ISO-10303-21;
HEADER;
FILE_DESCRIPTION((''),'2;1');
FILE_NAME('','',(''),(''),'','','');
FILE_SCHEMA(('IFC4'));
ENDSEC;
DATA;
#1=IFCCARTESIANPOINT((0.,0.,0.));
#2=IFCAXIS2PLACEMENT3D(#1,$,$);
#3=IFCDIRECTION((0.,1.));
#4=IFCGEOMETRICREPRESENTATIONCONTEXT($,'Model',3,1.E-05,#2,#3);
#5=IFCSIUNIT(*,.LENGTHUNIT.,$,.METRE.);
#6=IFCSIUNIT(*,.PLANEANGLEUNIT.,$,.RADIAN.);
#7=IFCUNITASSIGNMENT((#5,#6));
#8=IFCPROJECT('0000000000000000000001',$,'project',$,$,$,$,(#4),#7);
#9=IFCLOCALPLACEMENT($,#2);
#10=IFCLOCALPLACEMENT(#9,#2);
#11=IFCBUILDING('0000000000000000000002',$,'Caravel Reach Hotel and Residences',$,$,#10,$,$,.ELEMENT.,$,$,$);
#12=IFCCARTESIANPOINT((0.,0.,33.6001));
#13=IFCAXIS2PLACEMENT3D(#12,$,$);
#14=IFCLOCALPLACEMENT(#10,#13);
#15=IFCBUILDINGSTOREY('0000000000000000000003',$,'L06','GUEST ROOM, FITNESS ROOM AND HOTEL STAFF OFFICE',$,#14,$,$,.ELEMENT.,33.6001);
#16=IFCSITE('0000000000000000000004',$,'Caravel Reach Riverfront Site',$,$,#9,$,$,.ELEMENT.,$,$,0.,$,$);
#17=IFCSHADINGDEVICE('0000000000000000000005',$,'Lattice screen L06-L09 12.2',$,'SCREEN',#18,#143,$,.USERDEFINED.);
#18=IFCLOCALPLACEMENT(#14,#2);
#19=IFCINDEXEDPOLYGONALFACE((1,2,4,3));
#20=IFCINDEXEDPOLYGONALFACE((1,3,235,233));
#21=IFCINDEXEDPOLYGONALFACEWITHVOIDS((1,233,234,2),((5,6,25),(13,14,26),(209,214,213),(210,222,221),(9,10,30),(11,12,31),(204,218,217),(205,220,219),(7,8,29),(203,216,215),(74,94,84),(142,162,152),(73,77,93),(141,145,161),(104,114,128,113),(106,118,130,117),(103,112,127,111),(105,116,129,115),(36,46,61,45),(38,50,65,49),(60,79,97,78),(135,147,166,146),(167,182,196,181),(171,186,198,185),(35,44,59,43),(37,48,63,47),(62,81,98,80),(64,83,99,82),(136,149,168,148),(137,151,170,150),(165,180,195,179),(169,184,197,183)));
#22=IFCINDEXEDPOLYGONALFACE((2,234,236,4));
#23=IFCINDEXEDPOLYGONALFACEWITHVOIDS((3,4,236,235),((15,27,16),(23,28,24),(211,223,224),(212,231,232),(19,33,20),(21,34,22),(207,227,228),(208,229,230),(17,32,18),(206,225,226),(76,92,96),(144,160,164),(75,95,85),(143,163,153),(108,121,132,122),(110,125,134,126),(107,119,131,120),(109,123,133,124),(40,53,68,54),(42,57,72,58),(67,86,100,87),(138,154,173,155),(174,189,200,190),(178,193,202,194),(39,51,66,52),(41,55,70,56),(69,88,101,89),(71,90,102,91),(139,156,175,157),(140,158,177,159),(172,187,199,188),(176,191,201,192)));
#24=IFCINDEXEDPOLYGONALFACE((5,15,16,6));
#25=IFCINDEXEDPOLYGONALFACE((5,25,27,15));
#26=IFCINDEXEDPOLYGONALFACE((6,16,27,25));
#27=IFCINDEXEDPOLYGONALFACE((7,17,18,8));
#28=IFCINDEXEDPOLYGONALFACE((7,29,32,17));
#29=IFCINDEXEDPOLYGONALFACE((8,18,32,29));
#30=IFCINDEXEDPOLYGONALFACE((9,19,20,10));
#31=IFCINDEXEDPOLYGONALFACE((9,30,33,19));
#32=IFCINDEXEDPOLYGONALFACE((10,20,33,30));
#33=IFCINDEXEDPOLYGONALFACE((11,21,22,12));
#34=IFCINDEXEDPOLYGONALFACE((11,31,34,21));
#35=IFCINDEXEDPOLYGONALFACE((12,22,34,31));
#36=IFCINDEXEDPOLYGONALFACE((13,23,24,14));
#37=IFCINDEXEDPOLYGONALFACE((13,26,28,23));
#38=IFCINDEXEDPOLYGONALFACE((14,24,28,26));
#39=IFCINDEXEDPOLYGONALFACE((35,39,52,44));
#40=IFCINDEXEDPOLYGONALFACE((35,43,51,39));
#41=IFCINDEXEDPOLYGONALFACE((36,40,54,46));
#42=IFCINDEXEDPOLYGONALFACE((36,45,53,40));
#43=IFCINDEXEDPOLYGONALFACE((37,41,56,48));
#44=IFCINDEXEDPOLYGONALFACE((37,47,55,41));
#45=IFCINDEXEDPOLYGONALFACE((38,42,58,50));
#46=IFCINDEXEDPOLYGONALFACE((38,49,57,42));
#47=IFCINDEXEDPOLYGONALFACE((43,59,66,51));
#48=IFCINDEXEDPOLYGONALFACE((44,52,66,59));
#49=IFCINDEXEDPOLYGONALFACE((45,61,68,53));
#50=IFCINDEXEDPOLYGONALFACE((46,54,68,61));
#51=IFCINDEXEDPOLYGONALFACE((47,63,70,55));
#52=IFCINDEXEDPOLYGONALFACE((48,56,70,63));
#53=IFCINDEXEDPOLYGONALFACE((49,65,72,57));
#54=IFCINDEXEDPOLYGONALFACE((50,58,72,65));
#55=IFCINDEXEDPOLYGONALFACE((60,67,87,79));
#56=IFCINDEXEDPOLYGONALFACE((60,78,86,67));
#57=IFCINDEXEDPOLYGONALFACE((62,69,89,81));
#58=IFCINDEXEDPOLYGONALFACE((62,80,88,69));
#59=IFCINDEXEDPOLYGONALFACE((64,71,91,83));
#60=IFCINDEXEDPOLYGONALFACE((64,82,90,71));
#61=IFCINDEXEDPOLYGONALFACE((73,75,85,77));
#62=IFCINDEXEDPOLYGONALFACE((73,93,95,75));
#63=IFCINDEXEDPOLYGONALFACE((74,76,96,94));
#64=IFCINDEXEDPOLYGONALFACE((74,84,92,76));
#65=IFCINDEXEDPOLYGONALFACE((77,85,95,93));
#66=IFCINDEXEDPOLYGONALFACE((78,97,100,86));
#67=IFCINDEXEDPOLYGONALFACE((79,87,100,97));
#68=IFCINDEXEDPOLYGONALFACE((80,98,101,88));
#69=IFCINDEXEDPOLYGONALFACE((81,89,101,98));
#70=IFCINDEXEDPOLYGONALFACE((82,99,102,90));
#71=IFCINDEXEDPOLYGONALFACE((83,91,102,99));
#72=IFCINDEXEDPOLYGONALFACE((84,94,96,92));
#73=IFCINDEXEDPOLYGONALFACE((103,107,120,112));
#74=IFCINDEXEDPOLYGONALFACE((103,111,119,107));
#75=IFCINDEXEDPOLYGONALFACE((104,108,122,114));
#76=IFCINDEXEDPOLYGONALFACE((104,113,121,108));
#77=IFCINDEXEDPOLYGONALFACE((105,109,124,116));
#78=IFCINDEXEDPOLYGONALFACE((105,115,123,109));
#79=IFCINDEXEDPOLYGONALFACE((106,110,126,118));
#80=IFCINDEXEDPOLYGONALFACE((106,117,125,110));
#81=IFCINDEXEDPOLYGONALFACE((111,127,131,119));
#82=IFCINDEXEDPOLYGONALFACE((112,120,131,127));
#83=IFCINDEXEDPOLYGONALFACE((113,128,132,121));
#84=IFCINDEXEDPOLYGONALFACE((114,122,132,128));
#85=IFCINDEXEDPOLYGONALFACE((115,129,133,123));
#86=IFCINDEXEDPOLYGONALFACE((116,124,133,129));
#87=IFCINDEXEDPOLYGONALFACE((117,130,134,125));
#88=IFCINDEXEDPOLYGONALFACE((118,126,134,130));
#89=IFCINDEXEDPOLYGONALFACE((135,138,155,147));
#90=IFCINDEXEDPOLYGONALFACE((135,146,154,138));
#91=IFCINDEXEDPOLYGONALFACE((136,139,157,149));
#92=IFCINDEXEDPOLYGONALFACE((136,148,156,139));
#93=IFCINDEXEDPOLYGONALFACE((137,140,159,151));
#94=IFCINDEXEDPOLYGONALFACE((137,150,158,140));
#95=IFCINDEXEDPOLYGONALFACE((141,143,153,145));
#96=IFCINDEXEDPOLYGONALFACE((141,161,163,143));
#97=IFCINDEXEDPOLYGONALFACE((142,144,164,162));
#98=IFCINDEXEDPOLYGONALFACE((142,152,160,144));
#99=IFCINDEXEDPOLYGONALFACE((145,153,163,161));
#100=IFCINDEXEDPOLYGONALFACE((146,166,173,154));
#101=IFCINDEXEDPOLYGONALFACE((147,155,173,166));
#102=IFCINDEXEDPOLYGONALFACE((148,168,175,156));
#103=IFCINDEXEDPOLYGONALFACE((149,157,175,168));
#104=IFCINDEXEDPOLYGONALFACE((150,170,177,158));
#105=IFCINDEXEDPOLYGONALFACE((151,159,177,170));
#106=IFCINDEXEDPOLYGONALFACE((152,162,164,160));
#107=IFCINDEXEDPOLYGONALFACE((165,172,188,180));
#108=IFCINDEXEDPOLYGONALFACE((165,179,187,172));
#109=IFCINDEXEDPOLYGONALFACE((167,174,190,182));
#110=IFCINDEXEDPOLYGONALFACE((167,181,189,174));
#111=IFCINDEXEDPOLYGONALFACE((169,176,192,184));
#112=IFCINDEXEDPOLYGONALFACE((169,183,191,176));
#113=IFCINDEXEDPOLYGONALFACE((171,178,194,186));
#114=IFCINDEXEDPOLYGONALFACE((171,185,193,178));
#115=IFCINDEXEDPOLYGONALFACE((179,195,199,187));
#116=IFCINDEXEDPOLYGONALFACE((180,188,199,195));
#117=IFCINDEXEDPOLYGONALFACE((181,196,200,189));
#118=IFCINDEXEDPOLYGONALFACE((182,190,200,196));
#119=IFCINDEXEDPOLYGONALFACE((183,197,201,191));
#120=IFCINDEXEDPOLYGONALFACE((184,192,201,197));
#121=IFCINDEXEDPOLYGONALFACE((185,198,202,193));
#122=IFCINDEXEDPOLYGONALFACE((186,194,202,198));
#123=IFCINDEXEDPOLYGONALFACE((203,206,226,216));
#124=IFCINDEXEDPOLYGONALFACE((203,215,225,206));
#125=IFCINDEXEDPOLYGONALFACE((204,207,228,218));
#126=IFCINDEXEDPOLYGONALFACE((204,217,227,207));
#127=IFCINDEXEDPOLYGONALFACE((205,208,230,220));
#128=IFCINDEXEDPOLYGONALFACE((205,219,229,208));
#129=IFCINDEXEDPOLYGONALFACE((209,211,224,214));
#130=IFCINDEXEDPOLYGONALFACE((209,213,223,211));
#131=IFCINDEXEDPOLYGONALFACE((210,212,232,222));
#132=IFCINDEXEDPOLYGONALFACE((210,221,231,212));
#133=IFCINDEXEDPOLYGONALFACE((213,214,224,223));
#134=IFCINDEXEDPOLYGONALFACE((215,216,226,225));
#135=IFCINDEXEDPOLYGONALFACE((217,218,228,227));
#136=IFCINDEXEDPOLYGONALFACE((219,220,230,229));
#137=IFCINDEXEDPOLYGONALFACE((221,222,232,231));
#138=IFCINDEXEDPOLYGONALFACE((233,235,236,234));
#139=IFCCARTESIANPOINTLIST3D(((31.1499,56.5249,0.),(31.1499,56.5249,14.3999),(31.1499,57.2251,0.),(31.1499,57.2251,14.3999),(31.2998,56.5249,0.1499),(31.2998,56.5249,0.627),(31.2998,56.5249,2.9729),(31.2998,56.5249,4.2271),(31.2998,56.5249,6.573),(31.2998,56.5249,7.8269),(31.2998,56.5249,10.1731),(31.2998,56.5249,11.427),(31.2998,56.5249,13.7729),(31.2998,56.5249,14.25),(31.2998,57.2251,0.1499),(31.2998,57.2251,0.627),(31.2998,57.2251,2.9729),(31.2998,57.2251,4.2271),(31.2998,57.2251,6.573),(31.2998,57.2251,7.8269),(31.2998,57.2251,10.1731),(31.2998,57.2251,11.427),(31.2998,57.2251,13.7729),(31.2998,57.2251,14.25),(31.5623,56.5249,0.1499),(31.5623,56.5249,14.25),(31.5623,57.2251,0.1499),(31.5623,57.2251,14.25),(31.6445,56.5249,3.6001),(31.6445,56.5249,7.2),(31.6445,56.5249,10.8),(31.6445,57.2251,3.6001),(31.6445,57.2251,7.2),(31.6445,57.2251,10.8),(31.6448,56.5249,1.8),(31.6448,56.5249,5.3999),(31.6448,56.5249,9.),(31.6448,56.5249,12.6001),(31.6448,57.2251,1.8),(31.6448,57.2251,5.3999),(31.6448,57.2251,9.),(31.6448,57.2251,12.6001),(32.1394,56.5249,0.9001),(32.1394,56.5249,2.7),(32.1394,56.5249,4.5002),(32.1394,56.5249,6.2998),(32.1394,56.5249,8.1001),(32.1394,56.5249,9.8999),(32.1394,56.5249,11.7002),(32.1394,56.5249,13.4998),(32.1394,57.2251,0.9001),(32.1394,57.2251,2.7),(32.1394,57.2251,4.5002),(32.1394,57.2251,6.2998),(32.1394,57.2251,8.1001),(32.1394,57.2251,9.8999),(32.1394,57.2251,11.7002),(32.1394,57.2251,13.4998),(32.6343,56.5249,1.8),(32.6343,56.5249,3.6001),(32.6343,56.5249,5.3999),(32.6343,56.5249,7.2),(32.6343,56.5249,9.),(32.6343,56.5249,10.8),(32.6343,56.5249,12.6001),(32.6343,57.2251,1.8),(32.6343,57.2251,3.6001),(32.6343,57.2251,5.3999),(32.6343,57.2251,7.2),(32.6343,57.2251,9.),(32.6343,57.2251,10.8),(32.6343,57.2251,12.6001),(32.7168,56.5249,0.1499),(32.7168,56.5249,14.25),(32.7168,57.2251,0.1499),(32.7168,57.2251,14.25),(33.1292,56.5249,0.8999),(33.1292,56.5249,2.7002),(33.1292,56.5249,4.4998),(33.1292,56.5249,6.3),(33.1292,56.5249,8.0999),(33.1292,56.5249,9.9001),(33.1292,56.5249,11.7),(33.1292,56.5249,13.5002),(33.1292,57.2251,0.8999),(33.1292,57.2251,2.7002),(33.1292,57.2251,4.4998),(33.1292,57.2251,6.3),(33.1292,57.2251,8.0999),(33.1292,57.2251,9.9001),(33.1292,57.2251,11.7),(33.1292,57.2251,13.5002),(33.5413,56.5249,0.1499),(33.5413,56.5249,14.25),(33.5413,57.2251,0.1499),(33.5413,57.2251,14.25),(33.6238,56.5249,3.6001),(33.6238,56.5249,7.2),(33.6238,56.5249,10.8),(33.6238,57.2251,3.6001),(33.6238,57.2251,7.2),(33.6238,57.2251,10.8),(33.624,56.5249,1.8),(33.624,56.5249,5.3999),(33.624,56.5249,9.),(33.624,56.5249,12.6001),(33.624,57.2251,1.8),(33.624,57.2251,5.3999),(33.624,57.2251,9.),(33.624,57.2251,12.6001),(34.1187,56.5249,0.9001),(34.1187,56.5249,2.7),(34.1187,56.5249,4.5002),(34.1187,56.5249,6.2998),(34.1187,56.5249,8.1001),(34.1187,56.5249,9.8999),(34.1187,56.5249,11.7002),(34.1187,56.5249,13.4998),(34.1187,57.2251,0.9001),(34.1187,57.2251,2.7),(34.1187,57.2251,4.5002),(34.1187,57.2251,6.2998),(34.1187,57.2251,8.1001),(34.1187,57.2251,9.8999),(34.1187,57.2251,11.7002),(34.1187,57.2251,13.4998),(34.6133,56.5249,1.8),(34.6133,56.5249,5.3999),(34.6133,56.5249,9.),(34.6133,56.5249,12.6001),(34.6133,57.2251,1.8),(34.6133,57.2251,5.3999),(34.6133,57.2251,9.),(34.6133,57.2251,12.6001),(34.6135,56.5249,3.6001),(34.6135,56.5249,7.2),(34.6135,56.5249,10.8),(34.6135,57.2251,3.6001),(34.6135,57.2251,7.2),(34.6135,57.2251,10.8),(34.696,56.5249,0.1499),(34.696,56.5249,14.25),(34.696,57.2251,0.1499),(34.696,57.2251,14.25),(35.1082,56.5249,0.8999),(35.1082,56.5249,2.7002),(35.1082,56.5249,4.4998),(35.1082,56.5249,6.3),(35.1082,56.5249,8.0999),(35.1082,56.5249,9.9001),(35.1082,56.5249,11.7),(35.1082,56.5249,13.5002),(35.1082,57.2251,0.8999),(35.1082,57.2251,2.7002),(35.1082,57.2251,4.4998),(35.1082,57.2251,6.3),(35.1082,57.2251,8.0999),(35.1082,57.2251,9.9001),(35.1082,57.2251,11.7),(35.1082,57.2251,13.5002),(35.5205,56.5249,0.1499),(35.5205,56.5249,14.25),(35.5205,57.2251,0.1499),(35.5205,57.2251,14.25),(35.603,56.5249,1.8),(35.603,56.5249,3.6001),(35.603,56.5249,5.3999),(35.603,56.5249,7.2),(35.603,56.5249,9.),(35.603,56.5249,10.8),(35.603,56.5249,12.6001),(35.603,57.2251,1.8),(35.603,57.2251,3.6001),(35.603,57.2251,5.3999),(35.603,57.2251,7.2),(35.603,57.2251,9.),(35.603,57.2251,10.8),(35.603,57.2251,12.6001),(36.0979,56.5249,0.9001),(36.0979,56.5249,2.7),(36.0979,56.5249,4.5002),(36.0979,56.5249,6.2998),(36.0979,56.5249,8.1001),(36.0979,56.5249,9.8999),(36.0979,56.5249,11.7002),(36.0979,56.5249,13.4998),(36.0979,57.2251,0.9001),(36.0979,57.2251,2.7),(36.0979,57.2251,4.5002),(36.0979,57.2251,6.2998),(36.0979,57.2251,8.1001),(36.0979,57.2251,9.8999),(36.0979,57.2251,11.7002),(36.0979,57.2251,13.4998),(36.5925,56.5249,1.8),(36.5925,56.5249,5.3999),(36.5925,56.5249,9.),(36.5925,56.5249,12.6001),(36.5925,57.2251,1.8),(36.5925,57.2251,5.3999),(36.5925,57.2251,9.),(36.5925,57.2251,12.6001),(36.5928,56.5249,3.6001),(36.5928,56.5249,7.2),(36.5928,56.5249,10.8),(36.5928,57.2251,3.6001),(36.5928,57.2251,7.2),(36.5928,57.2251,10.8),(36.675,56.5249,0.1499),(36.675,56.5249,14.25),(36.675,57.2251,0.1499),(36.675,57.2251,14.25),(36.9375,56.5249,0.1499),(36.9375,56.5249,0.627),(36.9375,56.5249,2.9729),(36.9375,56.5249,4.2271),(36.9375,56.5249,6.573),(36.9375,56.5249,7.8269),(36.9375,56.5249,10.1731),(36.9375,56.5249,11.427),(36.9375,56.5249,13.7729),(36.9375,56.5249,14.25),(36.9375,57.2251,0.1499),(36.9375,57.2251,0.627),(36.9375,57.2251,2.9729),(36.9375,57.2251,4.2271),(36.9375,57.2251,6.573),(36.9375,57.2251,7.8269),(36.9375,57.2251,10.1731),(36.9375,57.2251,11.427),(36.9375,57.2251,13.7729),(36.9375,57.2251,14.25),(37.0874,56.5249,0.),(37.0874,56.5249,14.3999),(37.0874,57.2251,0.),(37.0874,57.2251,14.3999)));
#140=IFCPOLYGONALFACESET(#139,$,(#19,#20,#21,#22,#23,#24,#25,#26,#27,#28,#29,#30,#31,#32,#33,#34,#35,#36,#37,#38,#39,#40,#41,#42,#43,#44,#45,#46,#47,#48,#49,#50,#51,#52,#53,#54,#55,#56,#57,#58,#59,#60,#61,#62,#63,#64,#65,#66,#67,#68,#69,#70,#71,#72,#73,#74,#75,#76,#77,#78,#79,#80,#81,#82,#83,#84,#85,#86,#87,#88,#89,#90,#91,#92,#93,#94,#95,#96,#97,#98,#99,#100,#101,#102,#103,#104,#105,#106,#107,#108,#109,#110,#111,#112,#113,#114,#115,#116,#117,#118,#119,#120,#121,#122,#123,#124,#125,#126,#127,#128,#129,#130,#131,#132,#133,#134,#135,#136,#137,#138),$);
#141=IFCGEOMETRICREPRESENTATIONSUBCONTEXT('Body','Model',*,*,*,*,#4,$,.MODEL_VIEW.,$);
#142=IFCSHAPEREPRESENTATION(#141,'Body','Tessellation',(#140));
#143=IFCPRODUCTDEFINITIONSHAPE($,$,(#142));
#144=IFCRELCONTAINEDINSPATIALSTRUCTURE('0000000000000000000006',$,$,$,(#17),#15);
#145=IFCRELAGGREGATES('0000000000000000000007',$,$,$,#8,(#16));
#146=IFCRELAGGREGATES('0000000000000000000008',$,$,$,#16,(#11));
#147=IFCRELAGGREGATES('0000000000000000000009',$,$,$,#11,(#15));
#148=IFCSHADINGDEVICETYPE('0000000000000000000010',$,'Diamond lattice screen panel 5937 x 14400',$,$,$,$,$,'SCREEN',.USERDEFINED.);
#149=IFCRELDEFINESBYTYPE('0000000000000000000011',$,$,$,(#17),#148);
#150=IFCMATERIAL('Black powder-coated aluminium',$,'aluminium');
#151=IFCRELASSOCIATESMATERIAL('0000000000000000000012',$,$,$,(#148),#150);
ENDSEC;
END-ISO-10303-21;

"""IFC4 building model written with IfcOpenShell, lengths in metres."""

from ifc_helpers import new_model, si_unit, direction, frame, origin, place, context, subcontext, project, spatial, polyline, outline, extrude, material, type_object, element, save


model = new_model("IFC4")

# Units and contexts
model_context = context("Model", 3, precision=1e-05, world=origin(), true_north=direction((0.0, 1.0)))
body_context = subcontext(model_context, "Body", "Model", "MODEL_VIEW")
ifc_project = project(units=[si_unit("LENGTHUNIT", "METRE"), si_unit("PLANEANGLEUNIT", "RADIAN")], contexts=[model_context])

# Site, building, storey
site_placement = place(None, origin())
site = spatial("IfcSite", under=ifc_project, at=site_placement, Name="Caravel Reach Riverfront Site", CompositionType="ELEMENT", RefElevation=0.0)
building_placement = place(site_placement, origin())
building = spatial("IfcBuilding", under=site, at=building_placement, Name="Caravel Reach Hotel and Residences", CompositionType="ELEMENT")
storey_placement = place(building_placement, frame((0.0, 0.0, 33.6001)))
storey = spatial("IfcBuildingStorey", under=building, at=storey_placement, Name="L06", Description="GUEST ROOM, FITNESS ROOM AND HOTEL STAFF OFFICE", CompositionType="ELEMENT", Elevation=33.6001)

# Shading device
ifc_material_1 = material(Name="Black powder-coated aluminium", Category="aluminium")
shading_device_type = type_object("IfcShadingDeviceType", Name="Diamond lattice screen panel 5937 x 14400", ElementType="SCREEN", PredefinedType="USERDEFINED", material=ifc_material_1)
shading_device_1_placement = place(storey_placement, frame((37.0874, 56.5249, 0.0), z_axis=(0.0, 1.0, 0.0), x_axis=(-1.0, 0.0, 0.0)))
element("IfcShadingDevice", 1, at=shading_device_1_placement, inside=storey, type_object=shading_device_type, Name="Lattice screen L06-L09 12.2", ObjectType="SCREEN", PredefinedType="USERDEFINED", context=body_context, shape_type="SweptSolid", body=[
    extrude(outline(polyline([(0.0, 0.0), (5.9375, 0.0), (5.9375, 14.3999), (0.0, 14.3999), (0.0, 0.0)]), holes=[polyline([(0.4124, 0.1499), (0.1499, 0.627), (0.1499, 0.1499), (0.4124, 0.1499)]), polyline([(0.4946, 3.6001), (0.1499, 4.2271), (0.1499, 2.9729), (0.4946, 3.6001)]), polyline([(0.4946, 7.2), (0.1499, 7.8269), (0.1499, 6.573), (0.4946, 7.2)]), polyline([(0.4946, 10.8), (0.1499, 11.427), (0.1499, 10.1731), (0.4946, 10.8)]), polyline([(0.1499, 13.7729), (0.4124, 14.25), (0.1499, 14.25), (0.1499, 13.7729)]), polyline([(0.9895, 2.7), (0.4949, 1.8), (0.9895, 0.9001), (1.4844, 1.8), (0.9895, 2.7)]), polyline([(0.9895, 6.2998), (0.4949, 5.3999), (0.9895, 4.5002), (1.4844, 5.3999), (0.9895, 6.2998)]), polyline([(0.9895, 9.8999), (0.4949, 9.0), (0.9895, 8.1001), (1.4844, 9.0), (0.9895, 9.8999)]), polyline([(0.9895, 13.4998), (0.4949, 12.6001), (0.9895, 11.7002), (1.4844, 12.6001), (0.9895, 13.4998)]), polyline([(1.9792, 0.8999), (1.5669, 0.1499), (2.3914, 0.1499), (1.9792, 0.8999)]), polyline([(1.9792, 4.4998), (1.4844, 3.6001), (1.9792, 2.7002), (2.4739, 3.6001), (1.9792, 4.4998)]), polyline([(1.9792, 8.0999), (1.4844, 7.2), (1.9792, 6.3), (2.4739, 7.2), (1.9792, 8.0999)]), polyline([(1.9792, 11.7), (1.4844, 10.8), (1.9792, 9.9001), (2.4739, 10.8), (1.9792, 11.7)]), polyline([(1.9792, 13.5002), (2.3914, 14.25), (1.5669, 14.25), (1.9792, 13.5002)]), polyline([(2.9688, 2.7), (2.4741, 1.8), (2.9688, 0.9001), (3.4634, 1.8), (2.9688, 2.7)]), polyline([(2.9688, 6.2998), (2.4741, 5.3999), (2.9688, 4.5002), (3.4634, 5.3999), (2.9688, 6.2998)]), polyline([(2.9688, 9.8999), (2.4741, 9.0), (2.9688, 8.1001), (3.4634, 9.0), (2.9688, 9.8999)]), polyline([(2.9688, 13.4998), (2.4741, 12.6001), (2.9688, 11.7002), (3.4634, 12.6001), (2.9688, 13.4998)]), polyline([(3.9583, 0.8999), (3.5461, 0.1499), (4.3706, 0.1499), (3.9583, 0.8999)]), polyline([(3.9583, 4.4998), (3.4636, 3.6001), (3.9583, 2.7002), (4.4531, 3.6001), (3.9583, 4.4998)]), polyline([(3.9583, 8.0999), (3.4636, 7.2), (3.9583, 6.3), (4.4531, 7.2), (3.9583, 8.0999)]), polyline([(3.9583, 11.7), (3.4636, 10.8), (3.9583, 9.9001), (4.4531, 10.8), (3.9583, 11.7)]), polyline([(3.9583, 13.5002), (4.3706, 14.25), (3.5461, 14.25), (3.9583, 13.5002)]), polyline([(4.948, 2.7), (4.4531, 1.8), (4.948, 0.9001), (5.4426, 1.8), (4.948, 2.7)]), polyline([(4.948, 6.2998), (4.4531, 5.3999), (4.948, 4.5002), (5.4426, 5.3999), (4.948, 6.2998)]), polyline([(4.948, 9.8999), (4.4531, 9.0), (4.948, 8.1001), (5.4426, 9.0), (4.948, 9.8999)]), polyline([(4.948, 13.4998), (4.4531, 12.6001), (4.948, 11.7002), (5.4426, 12.6001), (4.948, 13.4998)]), polyline([(5.7876, 0.627), (5.5251, 0.1499), (5.7876, 0.1499), (5.7876, 0.627)]), polyline([(5.4429, 3.6001), (5.7876, 2.9729), (5.7876, 4.2271), (5.4429, 3.6001)]), polyline([(5.4429, 7.2), (5.7876, 6.573), (5.7876, 7.8269), (5.4429, 7.2)]), polyline([(5.4429, 10.8), (5.7876, 10.1731), (5.7876, 11.427), (5.4429, 10.8)]), polyline([(5.5251, 14.25), (5.7876, 13.7729), (5.7876, 14.25), (5.5251, 14.25)])]), origin(), (0.0, 0.0, 1.0), 0.7002),
])

save(model, "model.ifc")
